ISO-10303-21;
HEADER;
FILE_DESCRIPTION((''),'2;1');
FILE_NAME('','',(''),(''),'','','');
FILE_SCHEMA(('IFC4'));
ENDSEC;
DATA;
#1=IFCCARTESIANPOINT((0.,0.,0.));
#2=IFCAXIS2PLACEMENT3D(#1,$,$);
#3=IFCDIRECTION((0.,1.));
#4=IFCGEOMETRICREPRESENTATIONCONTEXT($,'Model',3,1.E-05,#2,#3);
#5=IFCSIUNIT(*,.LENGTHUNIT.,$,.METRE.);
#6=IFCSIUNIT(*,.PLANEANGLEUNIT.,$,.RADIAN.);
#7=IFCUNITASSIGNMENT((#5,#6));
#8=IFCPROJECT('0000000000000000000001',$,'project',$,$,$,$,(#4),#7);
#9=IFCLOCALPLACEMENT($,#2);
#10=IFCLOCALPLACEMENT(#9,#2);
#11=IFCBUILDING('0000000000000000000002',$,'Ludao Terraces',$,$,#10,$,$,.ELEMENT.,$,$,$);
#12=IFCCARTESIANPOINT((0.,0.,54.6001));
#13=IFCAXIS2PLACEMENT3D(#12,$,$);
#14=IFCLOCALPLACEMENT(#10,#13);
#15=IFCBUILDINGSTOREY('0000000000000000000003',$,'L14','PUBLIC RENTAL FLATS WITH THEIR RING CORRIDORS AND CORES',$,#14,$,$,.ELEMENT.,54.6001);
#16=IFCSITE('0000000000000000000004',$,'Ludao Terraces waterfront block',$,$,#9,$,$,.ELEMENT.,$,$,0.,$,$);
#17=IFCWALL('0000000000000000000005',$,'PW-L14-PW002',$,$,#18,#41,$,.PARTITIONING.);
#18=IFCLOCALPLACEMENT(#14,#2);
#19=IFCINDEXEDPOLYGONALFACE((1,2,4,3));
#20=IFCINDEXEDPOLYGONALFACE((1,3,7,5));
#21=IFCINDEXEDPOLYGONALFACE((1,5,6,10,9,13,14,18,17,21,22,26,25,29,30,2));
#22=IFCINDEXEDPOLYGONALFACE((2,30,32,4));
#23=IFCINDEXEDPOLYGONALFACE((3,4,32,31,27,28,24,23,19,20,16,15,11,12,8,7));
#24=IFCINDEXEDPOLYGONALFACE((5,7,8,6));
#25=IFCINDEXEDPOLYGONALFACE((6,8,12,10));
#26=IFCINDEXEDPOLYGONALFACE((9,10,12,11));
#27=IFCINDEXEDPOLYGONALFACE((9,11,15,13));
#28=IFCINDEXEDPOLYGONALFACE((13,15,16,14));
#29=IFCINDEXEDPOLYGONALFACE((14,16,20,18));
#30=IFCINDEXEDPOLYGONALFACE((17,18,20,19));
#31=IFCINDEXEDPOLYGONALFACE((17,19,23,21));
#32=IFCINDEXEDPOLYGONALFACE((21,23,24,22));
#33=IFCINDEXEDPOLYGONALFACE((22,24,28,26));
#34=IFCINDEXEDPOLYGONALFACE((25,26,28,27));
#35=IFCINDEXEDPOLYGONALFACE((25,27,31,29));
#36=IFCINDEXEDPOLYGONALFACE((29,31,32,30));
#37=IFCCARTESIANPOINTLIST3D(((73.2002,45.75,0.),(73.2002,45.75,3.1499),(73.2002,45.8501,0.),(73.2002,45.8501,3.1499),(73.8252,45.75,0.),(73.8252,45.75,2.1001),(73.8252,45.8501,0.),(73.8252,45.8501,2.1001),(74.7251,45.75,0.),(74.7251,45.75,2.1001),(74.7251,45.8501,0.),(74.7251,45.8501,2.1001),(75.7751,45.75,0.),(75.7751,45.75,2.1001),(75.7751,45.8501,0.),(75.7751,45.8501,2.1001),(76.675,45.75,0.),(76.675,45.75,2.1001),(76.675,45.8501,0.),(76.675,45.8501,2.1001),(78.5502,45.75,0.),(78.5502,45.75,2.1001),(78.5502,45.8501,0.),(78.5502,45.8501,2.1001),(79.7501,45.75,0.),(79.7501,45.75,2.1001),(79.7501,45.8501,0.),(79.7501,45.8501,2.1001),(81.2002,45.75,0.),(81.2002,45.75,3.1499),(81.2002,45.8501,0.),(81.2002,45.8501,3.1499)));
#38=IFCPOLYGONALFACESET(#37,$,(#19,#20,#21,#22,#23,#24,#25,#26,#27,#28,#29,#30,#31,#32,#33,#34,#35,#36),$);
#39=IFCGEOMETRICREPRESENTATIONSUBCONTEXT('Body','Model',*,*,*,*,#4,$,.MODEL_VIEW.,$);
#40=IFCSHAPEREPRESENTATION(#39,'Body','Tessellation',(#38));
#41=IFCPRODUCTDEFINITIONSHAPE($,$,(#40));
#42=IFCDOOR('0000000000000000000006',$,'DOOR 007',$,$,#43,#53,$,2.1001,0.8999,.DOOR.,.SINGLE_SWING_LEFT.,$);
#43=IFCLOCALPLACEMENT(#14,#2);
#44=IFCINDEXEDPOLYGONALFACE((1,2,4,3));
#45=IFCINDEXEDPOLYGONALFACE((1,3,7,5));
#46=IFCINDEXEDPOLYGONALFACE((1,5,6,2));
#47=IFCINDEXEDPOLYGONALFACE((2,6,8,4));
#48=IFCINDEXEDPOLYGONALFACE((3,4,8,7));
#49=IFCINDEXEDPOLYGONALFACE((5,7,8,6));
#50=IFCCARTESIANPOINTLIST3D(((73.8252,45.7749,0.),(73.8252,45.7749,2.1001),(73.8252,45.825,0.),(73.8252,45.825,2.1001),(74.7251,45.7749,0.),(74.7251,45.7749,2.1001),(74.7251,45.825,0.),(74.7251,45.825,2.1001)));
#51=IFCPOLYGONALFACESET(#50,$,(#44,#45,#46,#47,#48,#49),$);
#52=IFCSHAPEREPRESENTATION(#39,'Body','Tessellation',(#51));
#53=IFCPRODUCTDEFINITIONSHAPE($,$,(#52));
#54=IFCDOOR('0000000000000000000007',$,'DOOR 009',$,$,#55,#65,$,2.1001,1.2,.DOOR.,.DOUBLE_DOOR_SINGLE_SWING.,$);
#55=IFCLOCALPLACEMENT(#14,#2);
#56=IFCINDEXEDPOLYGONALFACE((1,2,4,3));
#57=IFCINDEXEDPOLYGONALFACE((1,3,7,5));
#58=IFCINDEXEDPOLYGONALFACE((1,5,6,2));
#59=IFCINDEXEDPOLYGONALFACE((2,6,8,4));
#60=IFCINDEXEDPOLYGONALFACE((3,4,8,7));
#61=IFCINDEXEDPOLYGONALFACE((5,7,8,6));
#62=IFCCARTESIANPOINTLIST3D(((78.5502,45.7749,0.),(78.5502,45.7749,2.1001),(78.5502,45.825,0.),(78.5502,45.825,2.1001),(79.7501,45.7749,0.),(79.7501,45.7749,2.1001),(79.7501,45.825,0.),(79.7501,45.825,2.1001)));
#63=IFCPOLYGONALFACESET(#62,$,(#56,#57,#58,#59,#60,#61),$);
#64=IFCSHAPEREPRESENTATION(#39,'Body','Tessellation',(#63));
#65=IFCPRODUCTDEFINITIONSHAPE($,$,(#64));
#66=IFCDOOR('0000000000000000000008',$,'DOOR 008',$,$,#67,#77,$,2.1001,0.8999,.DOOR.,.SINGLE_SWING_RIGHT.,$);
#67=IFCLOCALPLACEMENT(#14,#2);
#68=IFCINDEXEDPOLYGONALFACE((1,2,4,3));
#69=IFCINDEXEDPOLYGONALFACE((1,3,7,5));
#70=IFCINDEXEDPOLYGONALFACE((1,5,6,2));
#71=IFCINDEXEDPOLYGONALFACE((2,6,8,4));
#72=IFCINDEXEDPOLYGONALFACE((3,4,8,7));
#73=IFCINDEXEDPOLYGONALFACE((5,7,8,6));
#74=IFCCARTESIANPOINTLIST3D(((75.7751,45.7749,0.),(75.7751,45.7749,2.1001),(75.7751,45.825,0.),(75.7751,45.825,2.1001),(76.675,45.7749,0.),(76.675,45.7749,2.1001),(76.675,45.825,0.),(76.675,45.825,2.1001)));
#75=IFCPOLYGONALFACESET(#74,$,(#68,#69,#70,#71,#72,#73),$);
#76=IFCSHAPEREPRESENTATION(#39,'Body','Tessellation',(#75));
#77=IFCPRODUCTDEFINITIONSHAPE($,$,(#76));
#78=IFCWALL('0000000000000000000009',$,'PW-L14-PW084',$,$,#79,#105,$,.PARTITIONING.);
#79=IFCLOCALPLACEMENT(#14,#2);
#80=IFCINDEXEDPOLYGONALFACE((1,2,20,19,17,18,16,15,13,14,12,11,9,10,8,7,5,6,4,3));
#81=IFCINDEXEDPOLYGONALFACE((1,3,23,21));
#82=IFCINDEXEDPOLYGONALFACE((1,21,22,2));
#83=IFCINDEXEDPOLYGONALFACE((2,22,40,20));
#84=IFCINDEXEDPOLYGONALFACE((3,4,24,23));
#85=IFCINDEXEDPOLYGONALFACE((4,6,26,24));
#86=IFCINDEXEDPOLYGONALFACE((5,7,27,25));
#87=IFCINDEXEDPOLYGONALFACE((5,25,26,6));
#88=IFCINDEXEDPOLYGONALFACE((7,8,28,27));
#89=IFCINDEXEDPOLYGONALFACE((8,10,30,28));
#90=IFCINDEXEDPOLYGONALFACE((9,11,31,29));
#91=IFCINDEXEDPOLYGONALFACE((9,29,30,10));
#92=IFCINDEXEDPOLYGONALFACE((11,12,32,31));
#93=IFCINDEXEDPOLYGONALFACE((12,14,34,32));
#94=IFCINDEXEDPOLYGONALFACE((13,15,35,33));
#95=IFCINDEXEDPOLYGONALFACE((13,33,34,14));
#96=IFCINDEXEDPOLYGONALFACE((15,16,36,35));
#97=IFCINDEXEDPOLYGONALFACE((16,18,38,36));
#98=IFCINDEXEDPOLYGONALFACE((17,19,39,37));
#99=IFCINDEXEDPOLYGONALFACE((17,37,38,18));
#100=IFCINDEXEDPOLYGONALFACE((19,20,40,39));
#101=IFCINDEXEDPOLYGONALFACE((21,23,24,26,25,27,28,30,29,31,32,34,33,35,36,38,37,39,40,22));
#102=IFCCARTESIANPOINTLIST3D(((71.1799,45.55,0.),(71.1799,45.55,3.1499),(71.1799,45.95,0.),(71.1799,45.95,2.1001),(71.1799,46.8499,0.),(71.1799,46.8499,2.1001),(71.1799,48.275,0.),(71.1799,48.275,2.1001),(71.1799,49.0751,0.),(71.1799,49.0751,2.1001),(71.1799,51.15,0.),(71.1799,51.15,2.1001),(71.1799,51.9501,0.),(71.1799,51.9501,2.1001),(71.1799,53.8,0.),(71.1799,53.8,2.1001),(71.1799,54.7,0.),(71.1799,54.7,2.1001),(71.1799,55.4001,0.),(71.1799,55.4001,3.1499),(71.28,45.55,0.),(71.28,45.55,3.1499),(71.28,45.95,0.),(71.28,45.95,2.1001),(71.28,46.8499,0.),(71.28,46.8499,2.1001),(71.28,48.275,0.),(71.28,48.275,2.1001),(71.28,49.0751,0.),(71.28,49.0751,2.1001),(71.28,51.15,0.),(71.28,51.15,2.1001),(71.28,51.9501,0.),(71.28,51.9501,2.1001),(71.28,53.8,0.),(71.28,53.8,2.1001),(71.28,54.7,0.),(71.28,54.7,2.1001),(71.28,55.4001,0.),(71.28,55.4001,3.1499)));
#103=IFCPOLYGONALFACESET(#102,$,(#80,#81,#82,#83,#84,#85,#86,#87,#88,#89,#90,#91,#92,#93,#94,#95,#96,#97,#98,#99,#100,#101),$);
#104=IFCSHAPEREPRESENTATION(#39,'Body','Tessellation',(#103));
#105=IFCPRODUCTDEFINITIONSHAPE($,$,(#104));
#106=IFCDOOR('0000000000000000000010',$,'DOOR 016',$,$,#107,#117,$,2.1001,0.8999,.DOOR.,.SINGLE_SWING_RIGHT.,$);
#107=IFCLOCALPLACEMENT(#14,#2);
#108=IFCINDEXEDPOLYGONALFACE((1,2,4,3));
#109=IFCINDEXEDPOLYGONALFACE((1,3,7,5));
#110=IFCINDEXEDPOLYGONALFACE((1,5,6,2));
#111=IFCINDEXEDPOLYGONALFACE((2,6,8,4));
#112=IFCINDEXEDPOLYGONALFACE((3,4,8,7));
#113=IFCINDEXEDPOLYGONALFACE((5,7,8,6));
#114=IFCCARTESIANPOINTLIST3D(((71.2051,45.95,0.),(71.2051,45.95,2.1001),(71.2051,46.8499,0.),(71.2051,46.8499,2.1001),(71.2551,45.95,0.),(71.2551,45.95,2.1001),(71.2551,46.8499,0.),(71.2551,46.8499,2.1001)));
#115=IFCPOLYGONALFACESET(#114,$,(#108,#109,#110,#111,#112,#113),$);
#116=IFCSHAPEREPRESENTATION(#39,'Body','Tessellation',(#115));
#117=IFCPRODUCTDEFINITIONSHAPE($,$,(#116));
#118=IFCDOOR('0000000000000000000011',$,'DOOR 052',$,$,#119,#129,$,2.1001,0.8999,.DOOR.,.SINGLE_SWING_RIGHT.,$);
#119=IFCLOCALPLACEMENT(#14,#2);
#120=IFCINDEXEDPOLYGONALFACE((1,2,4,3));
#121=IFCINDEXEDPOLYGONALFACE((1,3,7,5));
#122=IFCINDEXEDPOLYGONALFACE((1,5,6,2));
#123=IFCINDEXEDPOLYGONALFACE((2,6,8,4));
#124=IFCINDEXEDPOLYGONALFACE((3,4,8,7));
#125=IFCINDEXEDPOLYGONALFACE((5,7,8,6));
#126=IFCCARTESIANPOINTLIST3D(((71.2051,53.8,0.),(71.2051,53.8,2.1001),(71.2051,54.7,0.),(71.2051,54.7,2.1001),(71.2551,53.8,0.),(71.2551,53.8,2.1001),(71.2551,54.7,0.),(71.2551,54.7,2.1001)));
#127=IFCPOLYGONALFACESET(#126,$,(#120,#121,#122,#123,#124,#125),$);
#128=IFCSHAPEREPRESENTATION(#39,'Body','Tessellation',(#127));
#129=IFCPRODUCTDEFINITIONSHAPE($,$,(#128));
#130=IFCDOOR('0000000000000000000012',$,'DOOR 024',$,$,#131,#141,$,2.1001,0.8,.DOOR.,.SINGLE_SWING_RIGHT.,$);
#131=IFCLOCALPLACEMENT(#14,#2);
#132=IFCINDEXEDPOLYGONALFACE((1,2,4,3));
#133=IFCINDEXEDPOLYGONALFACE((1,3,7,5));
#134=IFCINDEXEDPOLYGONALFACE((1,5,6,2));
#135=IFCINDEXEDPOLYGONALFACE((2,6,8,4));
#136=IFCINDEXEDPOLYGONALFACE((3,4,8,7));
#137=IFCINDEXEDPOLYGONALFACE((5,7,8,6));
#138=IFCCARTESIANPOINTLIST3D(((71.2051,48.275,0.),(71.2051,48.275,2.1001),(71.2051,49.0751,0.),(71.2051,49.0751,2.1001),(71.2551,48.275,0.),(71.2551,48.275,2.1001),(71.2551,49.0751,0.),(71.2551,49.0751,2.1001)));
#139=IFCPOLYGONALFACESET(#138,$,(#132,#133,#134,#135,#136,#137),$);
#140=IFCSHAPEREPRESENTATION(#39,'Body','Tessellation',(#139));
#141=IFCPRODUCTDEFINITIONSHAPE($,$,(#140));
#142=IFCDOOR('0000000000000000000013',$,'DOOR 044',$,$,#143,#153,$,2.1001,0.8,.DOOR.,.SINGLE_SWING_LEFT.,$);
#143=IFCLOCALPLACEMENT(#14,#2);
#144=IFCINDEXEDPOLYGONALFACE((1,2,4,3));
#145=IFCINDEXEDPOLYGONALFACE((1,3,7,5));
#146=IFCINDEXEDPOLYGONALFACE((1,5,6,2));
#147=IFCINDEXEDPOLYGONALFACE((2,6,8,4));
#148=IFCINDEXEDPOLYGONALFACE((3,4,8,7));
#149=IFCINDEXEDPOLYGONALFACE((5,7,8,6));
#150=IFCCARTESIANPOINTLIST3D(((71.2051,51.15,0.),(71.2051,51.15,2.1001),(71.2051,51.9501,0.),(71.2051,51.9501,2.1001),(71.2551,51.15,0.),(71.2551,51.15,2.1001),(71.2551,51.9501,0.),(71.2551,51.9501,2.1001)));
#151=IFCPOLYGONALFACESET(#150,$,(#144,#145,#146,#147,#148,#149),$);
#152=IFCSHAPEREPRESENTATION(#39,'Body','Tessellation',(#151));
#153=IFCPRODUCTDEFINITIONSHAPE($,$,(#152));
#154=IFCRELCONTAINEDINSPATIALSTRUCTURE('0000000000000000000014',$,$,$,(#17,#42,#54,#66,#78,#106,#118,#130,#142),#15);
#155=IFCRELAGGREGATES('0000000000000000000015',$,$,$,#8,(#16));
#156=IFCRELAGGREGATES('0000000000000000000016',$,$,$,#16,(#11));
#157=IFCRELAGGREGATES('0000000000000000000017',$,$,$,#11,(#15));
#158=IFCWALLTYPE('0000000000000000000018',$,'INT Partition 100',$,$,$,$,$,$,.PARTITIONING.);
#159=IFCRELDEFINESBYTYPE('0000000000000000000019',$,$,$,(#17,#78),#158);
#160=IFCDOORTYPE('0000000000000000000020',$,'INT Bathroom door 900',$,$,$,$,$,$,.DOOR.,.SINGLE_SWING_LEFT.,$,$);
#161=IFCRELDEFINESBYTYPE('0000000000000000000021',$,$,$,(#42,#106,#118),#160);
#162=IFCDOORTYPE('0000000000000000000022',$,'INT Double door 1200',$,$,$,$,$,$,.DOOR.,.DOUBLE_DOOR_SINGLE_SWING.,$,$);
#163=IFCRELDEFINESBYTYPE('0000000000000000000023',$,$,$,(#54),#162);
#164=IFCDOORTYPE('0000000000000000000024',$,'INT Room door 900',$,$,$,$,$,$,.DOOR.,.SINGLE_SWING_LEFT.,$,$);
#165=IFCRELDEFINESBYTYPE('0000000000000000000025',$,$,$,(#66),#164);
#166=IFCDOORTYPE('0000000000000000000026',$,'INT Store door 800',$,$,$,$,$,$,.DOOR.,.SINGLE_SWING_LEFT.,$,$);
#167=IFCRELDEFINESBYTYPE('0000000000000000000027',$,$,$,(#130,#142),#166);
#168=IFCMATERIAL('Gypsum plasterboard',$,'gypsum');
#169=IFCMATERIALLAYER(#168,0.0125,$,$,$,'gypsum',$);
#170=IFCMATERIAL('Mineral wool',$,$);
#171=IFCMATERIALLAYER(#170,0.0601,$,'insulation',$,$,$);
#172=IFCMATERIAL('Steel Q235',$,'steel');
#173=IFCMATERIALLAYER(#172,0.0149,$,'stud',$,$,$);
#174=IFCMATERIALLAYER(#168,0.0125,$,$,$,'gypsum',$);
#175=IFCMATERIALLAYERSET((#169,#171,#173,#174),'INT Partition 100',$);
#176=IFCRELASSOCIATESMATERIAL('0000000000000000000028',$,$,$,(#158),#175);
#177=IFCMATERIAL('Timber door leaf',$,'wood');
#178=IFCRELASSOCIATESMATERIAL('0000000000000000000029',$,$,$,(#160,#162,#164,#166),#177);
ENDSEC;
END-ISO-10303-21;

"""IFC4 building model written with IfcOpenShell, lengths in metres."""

from ifc_helpers import new_model, si_unit, direction, frame, frame_2d, origin, place, context, subcontext, project, spatial, rectangle, extrude, material, layer, layer_set, type_object, element, fill, save


model = new_model("IFC4")

# Units and contexts
model_context = context("Model", 3, precision=1e-05, world=origin(), true_north=direction((0.0, 1.0)))
body_context = subcontext(model_context, "Body", "Model", "MODEL_VIEW")
ifc_project = project(units=[si_unit("LENGTHUNIT", "METRE"), si_unit("PLANEANGLEUNIT", "RADIAN")], contexts=[model_context])

# Site, building, storey
site_placement = place(None, origin())
site = spatial("IfcSite", under=ifc_project, at=site_placement, Name="Ludao Terraces waterfront block", CompositionType="ELEMENT", RefElevation=0.0)
building_placement = place(site_placement, origin())
building = spatial("IfcBuilding", under=site, at=building_placement, Name="Ludao Terraces", CompositionType="ELEMENT")
storey_placement = place(building_placement, frame((0.0, 0.0, 54.6001)))
storey = spatial("IfcBuildingStorey", under=building, at=storey_placement, Name="L14", Description="PUBLIC RENTAL FLATS WITH THEIR RING CORRIDORS AND CORES", CompositionType="ELEMENT", Elevation=54.6001)

# Shared definitions
ifc_material_1 = material(Name="Mineral wool")

# Walls, openings, doors
ifc_material_2 = material(Name="Gypsum plasterboard", Category="gypsum")
ifc_layer_1 = layer(ifc_material_2, 0.0125, Category="gypsum")
ifc_layer_2 = layer(ifc_material_1, 0.0601, Name="insulation")
ifc_material_3 = material(Name="Steel Q235", Category="steel")
ifc_layer_3 = layer(ifc_material_3, 0.0149, Name="stud")
ifc_layer_4 = layer(ifc_material_2, 0.0125, Category="gypsum")
ifc_layer_set_1 = layer_set([ifc_layer_1, ifc_layer_2, ifc_layer_3, ifc_layer_4], Name="INT Partition 100")
wall_type_1 = type_object("IfcWallType", Name="INT Partition 100", PredefinedType="PARTITIONING", material=ifc_layer_set_1)
wall_1_placement = place(storey_placement, frame((73.2002, 45.8, 0.0), z_axis=(0.0, 0.0, 1.0), x_axis=(1.0, 0.0, 0.0)))
wall_1 = element("IfcWall", 1, at=wall_1_placement, inside=storey, type_object=wall_type_1, Name="PW-L14-PW002", PredefinedType="PARTITIONING", context=body_context, shape_type="SweptSolid", body=[
    extrude(rectangle(XDim=8.0, YDim=0.1001, at=frame_2d((4.0, 0.0))), origin(), (0.0, 0.0, 1.0), 3.1499),
])
opening_1_placement = place(wall_1_placement, frame((0.625, 0.0, 0.0)))
opening_1 = element("IfcOpeningElement", 2, at=opening_1_placement, cuts=wall_1, PredefinedType="OPENING", context=body_context, shape_type="SweptSolid", body=[
    extrude(rectangle(XDim=0.8999, YDim=2.1001, at=frame_2d((0.45, 1.05))), frame((0.0, 0.0601, 0.0), z_axis=(0.0, -1.0, 0.0), x_axis=(1.0, 0.0, 0.0)), (0.0, 0.0, 1.0), 0.1201),
])
opening_2_placement = place(wall_1_placement, frame((2.575, 0.0, 0.0)))
opening_2 = element("IfcOpeningElement", 3, at=opening_2_placement, cuts=wall_1, PredefinedType="OPENING", context=body_context, shape_type="SweptSolid", body=[
    extrude(rectangle(XDim=0.8999, YDim=2.1001, at=frame_2d((0.45, 1.05))), frame((0.0, 0.0601, 0.0), z_axis=(0.0, -1.0, 0.0), x_axis=(1.0, 0.0, 0.0)), (0.0, 0.0, 1.0), 0.1201),
])
opening_3_placement = place(wall_1_placement, frame((5.3499, 0.0, 0.0)))
opening_3 = element("IfcOpeningElement", 4, at=opening_3_placement, cuts=wall_1, PredefinedType="OPENING", context=body_context, shape_type="SweptSolid", body=[
    extrude(rectangle(XDim=1.2, YDim=2.1001, at=frame_2d((0.6001, 1.05))), frame((0.0, 0.0601, 0.0), z_axis=(0.0, -1.0, 0.0), x_axis=(1.0, 0.0, 0.0)), (0.0, 0.0, 1.0), 0.1201),
])
ifc_material_4 = material(Name="Timber door leaf", Category="wood")
door_type_1 = type_object("IfcDoorType", Name="INT Bathroom door 900", OperationType="SINGLE_SWING_LEFT", PredefinedType="DOOR", material=ifc_material_4)
door_1_placement = place(opening_1_placement, origin())
door_1 = element("IfcDoor", 5, at=door_1_placement, inside=storey, type_object=door_type_1, Name="DOOR 007", OperationType="SINGLE_SWING_LEFT", OverallHeight=2.1001, OverallWidth=0.8999, PredefinedType="DOOR", context=body_context, shape_type="SweptSolid", body=[
    extrude(rectangle(XDim=0.8999, YDim=2.1001, at=frame_2d((0.45, 1.05))), frame((0.0, 0.0249, 0.0), z_axis=(0.0, -1.0, 0.0), x_axis=(1.0, 0.0, 0.0)), (0.0, 0.0, 1.0), 0.05),
])
fill(opening_1, door_1)
door_type_2 = type_object("IfcDoorType", Name="INT Double door 1200", OperationType="DOUBLE_DOOR_SINGLE_SWING", PredefinedType="DOOR", material=ifc_material_4)
door_2_placement = place(opening_3_placement, origin())
door_2 = element("IfcDoor", 6, at=door_2_placement, inside=storey, type_object=door_type_2, Name="DOOR 009", OperationType="DOUBLE_DOOR_SINGLE_SWING", OverallHeight=2.1001, OverallWidth=1.2, PredefinedType="DOOR", context=body_context, shape_type="SweptSolid", body=[
    extrude(rectangle(XDim=1.2, YDim=2.1001, at=frame_2d((0.6001, 1.05))), frame((0.0, 0.0249, 0.0), z_axis=(0.0, -1.0, 0.0), x_axis=(1.0, 0.0, 0.0)), (0.0, 0.0, 1.0), 0.05),
])
fill(opening_3, door_2)
door_type_3 = type_object("IfcDoorType", Name="INT Room door 900", OperationType="SINGLE_SWING_LEFT", PredefinedType="DOOR", material=ifc_material_4)
door_3_placement = place(opening_2_placement, origin())
door_3 = element("IfcDoor", 7, at=door_3_placement, inside=storey, type_object=door_type_3, Name="DOOR 008", OperationType="SINGLE_SWING_RIGHT", OverallHeight=2.1001, OverallWidth=0.8999, PredefinedType="DOOR", context=body_context, shape_type="SweptSolid", body=[
    extrude(rectangle(XDim=0.8999, YDim=2.1001, at=frame_2d((0.45, 1.05))), frame((0.0, 0.0249, 0.0), z_axis=(0.0, -1.0, 0.0), x_axis=(1.0, 0.0, 0.0)), (0.0, 0.0, 1.0), 0.05),
])
fill(opening_2, door_3)
wall_2_placement = place(storey_placement, frame((71.23, 45.55, 0.0), z_axis=(0.0, 0.0, 1.0), x_axis=(0.0, 1.0, 0.0)))
wall_2 = element("IfcWall", 8, at=wall_2_placement, inside=storey, type_object=wall_type_1, Name="PW-L14-PW084", PredefinedType="PARTITIONING", context=body_context, shape_type="SweptSolid", body=[
    extrude(rectangle(XDim=9.8501, YDim=0.1001, at=frame_2d((4.925, 0.0))), origin(), (0.0, 0.0, 1.0), 3.1499),
])
opening_4_placement = place(wall_2_placement, frame((0.3999, 0.0, 0.0)))
opening_4 = element("IfcOpeningElement", 9, at=opening_4_placement, cuts=wall_2, PredefinedType="OPENING", context=body_context, shape_type="SweptSolid", body=[
    extrude(rectangle(XDim=0.8999, YDim=2.1001, at=frame_2d((0.45, 1.05))), frame((0.0, 0.0601, 0.0), z_axis=(0.0, -1.0, 0.0), x_axis=(1.0, 0.0, 0.0)), (0.0, 0.0, 1.0), 0.1201),
])
opening_5_placement = place(wall_2_placement, frame((2.7251, 0.0, 0.0)))
opening_5 = element("IfcOpeningElement", 10, at=opening_5_placement, cuts=wall_2, PredefinedType="OPENING", context=body_context, shape_type="SweptSolid", body=[
    extrude(rectangle(XDim=0.8, YDim=2.1001, at=frame_2d((0.3999, 1.05))), frame((0.0, 0.0601, 0.0), z_axis=(0.0, -1.0, 0.0), x_axis=(1.0, 0.0, 0.0)), (0.0, 0.0, 1.0), 0.1201),
])
opening_6_placement = place(wall_2_placement, frame((5.6001, 0.0, 0.0)))
opening_6 = element("IfcOpeningElement", 11, at=opening_6_placement, cuts=wall_2, PredefinedType="OPENING", context=body_context, shape_type="SweptSolid", body=[
    extrude(rectangle(XDim=0.8, YDim=2.1001, at=frame_2d((0.3999, 1.05))), frame((0.0, 0.0601, 0.0), z_axis=(0.0, -1.0, 0.0), x_axis=(1.0, 0.0, 0.0)), (0.0, 0.0, 1.0), 0.1201),
])
opening_7_placement = place(wall_2_placement, frame((8.25, 0.0, 0.0)))
opening_7 = element("IfcOpeningElement", 12, at=opening_7_placement, cuts=wall_2, PredefinedType="OPENING", context=body_context, shape_type="SweptSolid", body=[
    extrude(rectangle(XDim=0.8999, YDim=2.1001, at=frame_2d((0.45, 1.05))), frame((0.0, 0.0601, 0.0), z_axis=(0.0, -1.0, 0.0), x_axis=(1.0, 0.0, 0.0)), (0.0, 0.0, 1.0), 0.1201),
])
door_4_placement = place(opening_4_placement, origin())
door_4 = element("IfcDoor", 13, at=door_4_placement, inside=storey, type_object=door_type_1, Name="DOOR 016", OperationType="SINGLE_SWING_RIGHT", OverallHeight=2.1001, OverallWidth=0.8999, PredefinedType="DOOR", context=body_context, shape_type="SweptSolid", body=[
    extrude(rectangle(XDim=0.8999, YDim=2.1001, at=frame_2d((0.45, 1.05))), frame((0.0, 0.0249, 0.0), z_axis=(0.0, -1.0, 0.0), x_axis=(1.0, 0.0, 0.0)), (0.0, 0.0, 1.0), 0.05),
])
fill(opening_4, door_4)
door_5_placement = place(opening_7_placement, origin())
door_5 = element("IfcDoor", 14, at=door_5_placement, inside=storey, type_object=door_type_1, Name="DOOR 052", OperationType="SINGLE_SWING_RIGHT", OverallHeight=2.1001, OverallWidth=0.8999, PredefinedType="DOOR", context=body_context, shape_type="SweptSolid", body=[
    extrude(rectangle(XDim=0.8999, YDim=2.1001, at=frame_2d((0.45, 1.05))), frame((0.0, 0.0249, 0.0), z_axis=(0.0, -1.0, 0.0), x_axis=(1.0, 0.0, 0.0)), (0.0, 0.0, 1.0), 0.05),
])
fill(opening_7, door_5)
door_type_4 = type_object("IfcDoorType", Name="INT Store door 800", OperationType="SINGLE_SWING_LEFT", PredefinedType="DOOR", material=ifc_material_4)
door_6_placement = place(opening_5_placement, origin())
door_6 = element("IfcDoor", 15, at=door_6_placement, inside=storey, type_object=door_type_4, Name="DOOR 024", OperationType="SINGLE_SWING_RIGHT", OverallHeight=2.1001, OverallWidth=0.8, PredefinedType="DOOR", context=body_context, shape_type="SweptSolid", body=[
    extrude(rectangle(XDim=0.8, YDim=2.1001, at=frame_2d((0.3999, 1.05))), frame((0.0, 0.0249, 0.0), z_axis=(0.0, -1.0, 0.0), x_axis=(1.0, 0.0, 0.0)), (0.0, 0.0, 1.0), 0.05),
])
fill(opening_5, door_6)
door_7_placement = place(opening_6_placement, origin())
door_7 = element("IfcDoor", 16, at=door_7_placement, inside=storey, type_object=door_type_4, Name="DOOR 044", OperationType="SINGLE_SWING_LEFT", OverallHeight=2.1001, OverallWidth=0.8, PredefinedType="DOOR", context=body_context, shape_type="SweptSolid", body=[
    extrude(rectangle(XDim=0.8, YDim=2.1001, at=frame_2d((0.3999, 1.05))), frame((0.0, 0.0249, 0.0), z_axis=(0.0, -1.0, 0.0), x_axis=(1.0, 0.0, 0.0)), (0.0, 0.0, 1.0), 0.05),
])
fill(opening_6, door_7)

save(model, "model.ifc")
